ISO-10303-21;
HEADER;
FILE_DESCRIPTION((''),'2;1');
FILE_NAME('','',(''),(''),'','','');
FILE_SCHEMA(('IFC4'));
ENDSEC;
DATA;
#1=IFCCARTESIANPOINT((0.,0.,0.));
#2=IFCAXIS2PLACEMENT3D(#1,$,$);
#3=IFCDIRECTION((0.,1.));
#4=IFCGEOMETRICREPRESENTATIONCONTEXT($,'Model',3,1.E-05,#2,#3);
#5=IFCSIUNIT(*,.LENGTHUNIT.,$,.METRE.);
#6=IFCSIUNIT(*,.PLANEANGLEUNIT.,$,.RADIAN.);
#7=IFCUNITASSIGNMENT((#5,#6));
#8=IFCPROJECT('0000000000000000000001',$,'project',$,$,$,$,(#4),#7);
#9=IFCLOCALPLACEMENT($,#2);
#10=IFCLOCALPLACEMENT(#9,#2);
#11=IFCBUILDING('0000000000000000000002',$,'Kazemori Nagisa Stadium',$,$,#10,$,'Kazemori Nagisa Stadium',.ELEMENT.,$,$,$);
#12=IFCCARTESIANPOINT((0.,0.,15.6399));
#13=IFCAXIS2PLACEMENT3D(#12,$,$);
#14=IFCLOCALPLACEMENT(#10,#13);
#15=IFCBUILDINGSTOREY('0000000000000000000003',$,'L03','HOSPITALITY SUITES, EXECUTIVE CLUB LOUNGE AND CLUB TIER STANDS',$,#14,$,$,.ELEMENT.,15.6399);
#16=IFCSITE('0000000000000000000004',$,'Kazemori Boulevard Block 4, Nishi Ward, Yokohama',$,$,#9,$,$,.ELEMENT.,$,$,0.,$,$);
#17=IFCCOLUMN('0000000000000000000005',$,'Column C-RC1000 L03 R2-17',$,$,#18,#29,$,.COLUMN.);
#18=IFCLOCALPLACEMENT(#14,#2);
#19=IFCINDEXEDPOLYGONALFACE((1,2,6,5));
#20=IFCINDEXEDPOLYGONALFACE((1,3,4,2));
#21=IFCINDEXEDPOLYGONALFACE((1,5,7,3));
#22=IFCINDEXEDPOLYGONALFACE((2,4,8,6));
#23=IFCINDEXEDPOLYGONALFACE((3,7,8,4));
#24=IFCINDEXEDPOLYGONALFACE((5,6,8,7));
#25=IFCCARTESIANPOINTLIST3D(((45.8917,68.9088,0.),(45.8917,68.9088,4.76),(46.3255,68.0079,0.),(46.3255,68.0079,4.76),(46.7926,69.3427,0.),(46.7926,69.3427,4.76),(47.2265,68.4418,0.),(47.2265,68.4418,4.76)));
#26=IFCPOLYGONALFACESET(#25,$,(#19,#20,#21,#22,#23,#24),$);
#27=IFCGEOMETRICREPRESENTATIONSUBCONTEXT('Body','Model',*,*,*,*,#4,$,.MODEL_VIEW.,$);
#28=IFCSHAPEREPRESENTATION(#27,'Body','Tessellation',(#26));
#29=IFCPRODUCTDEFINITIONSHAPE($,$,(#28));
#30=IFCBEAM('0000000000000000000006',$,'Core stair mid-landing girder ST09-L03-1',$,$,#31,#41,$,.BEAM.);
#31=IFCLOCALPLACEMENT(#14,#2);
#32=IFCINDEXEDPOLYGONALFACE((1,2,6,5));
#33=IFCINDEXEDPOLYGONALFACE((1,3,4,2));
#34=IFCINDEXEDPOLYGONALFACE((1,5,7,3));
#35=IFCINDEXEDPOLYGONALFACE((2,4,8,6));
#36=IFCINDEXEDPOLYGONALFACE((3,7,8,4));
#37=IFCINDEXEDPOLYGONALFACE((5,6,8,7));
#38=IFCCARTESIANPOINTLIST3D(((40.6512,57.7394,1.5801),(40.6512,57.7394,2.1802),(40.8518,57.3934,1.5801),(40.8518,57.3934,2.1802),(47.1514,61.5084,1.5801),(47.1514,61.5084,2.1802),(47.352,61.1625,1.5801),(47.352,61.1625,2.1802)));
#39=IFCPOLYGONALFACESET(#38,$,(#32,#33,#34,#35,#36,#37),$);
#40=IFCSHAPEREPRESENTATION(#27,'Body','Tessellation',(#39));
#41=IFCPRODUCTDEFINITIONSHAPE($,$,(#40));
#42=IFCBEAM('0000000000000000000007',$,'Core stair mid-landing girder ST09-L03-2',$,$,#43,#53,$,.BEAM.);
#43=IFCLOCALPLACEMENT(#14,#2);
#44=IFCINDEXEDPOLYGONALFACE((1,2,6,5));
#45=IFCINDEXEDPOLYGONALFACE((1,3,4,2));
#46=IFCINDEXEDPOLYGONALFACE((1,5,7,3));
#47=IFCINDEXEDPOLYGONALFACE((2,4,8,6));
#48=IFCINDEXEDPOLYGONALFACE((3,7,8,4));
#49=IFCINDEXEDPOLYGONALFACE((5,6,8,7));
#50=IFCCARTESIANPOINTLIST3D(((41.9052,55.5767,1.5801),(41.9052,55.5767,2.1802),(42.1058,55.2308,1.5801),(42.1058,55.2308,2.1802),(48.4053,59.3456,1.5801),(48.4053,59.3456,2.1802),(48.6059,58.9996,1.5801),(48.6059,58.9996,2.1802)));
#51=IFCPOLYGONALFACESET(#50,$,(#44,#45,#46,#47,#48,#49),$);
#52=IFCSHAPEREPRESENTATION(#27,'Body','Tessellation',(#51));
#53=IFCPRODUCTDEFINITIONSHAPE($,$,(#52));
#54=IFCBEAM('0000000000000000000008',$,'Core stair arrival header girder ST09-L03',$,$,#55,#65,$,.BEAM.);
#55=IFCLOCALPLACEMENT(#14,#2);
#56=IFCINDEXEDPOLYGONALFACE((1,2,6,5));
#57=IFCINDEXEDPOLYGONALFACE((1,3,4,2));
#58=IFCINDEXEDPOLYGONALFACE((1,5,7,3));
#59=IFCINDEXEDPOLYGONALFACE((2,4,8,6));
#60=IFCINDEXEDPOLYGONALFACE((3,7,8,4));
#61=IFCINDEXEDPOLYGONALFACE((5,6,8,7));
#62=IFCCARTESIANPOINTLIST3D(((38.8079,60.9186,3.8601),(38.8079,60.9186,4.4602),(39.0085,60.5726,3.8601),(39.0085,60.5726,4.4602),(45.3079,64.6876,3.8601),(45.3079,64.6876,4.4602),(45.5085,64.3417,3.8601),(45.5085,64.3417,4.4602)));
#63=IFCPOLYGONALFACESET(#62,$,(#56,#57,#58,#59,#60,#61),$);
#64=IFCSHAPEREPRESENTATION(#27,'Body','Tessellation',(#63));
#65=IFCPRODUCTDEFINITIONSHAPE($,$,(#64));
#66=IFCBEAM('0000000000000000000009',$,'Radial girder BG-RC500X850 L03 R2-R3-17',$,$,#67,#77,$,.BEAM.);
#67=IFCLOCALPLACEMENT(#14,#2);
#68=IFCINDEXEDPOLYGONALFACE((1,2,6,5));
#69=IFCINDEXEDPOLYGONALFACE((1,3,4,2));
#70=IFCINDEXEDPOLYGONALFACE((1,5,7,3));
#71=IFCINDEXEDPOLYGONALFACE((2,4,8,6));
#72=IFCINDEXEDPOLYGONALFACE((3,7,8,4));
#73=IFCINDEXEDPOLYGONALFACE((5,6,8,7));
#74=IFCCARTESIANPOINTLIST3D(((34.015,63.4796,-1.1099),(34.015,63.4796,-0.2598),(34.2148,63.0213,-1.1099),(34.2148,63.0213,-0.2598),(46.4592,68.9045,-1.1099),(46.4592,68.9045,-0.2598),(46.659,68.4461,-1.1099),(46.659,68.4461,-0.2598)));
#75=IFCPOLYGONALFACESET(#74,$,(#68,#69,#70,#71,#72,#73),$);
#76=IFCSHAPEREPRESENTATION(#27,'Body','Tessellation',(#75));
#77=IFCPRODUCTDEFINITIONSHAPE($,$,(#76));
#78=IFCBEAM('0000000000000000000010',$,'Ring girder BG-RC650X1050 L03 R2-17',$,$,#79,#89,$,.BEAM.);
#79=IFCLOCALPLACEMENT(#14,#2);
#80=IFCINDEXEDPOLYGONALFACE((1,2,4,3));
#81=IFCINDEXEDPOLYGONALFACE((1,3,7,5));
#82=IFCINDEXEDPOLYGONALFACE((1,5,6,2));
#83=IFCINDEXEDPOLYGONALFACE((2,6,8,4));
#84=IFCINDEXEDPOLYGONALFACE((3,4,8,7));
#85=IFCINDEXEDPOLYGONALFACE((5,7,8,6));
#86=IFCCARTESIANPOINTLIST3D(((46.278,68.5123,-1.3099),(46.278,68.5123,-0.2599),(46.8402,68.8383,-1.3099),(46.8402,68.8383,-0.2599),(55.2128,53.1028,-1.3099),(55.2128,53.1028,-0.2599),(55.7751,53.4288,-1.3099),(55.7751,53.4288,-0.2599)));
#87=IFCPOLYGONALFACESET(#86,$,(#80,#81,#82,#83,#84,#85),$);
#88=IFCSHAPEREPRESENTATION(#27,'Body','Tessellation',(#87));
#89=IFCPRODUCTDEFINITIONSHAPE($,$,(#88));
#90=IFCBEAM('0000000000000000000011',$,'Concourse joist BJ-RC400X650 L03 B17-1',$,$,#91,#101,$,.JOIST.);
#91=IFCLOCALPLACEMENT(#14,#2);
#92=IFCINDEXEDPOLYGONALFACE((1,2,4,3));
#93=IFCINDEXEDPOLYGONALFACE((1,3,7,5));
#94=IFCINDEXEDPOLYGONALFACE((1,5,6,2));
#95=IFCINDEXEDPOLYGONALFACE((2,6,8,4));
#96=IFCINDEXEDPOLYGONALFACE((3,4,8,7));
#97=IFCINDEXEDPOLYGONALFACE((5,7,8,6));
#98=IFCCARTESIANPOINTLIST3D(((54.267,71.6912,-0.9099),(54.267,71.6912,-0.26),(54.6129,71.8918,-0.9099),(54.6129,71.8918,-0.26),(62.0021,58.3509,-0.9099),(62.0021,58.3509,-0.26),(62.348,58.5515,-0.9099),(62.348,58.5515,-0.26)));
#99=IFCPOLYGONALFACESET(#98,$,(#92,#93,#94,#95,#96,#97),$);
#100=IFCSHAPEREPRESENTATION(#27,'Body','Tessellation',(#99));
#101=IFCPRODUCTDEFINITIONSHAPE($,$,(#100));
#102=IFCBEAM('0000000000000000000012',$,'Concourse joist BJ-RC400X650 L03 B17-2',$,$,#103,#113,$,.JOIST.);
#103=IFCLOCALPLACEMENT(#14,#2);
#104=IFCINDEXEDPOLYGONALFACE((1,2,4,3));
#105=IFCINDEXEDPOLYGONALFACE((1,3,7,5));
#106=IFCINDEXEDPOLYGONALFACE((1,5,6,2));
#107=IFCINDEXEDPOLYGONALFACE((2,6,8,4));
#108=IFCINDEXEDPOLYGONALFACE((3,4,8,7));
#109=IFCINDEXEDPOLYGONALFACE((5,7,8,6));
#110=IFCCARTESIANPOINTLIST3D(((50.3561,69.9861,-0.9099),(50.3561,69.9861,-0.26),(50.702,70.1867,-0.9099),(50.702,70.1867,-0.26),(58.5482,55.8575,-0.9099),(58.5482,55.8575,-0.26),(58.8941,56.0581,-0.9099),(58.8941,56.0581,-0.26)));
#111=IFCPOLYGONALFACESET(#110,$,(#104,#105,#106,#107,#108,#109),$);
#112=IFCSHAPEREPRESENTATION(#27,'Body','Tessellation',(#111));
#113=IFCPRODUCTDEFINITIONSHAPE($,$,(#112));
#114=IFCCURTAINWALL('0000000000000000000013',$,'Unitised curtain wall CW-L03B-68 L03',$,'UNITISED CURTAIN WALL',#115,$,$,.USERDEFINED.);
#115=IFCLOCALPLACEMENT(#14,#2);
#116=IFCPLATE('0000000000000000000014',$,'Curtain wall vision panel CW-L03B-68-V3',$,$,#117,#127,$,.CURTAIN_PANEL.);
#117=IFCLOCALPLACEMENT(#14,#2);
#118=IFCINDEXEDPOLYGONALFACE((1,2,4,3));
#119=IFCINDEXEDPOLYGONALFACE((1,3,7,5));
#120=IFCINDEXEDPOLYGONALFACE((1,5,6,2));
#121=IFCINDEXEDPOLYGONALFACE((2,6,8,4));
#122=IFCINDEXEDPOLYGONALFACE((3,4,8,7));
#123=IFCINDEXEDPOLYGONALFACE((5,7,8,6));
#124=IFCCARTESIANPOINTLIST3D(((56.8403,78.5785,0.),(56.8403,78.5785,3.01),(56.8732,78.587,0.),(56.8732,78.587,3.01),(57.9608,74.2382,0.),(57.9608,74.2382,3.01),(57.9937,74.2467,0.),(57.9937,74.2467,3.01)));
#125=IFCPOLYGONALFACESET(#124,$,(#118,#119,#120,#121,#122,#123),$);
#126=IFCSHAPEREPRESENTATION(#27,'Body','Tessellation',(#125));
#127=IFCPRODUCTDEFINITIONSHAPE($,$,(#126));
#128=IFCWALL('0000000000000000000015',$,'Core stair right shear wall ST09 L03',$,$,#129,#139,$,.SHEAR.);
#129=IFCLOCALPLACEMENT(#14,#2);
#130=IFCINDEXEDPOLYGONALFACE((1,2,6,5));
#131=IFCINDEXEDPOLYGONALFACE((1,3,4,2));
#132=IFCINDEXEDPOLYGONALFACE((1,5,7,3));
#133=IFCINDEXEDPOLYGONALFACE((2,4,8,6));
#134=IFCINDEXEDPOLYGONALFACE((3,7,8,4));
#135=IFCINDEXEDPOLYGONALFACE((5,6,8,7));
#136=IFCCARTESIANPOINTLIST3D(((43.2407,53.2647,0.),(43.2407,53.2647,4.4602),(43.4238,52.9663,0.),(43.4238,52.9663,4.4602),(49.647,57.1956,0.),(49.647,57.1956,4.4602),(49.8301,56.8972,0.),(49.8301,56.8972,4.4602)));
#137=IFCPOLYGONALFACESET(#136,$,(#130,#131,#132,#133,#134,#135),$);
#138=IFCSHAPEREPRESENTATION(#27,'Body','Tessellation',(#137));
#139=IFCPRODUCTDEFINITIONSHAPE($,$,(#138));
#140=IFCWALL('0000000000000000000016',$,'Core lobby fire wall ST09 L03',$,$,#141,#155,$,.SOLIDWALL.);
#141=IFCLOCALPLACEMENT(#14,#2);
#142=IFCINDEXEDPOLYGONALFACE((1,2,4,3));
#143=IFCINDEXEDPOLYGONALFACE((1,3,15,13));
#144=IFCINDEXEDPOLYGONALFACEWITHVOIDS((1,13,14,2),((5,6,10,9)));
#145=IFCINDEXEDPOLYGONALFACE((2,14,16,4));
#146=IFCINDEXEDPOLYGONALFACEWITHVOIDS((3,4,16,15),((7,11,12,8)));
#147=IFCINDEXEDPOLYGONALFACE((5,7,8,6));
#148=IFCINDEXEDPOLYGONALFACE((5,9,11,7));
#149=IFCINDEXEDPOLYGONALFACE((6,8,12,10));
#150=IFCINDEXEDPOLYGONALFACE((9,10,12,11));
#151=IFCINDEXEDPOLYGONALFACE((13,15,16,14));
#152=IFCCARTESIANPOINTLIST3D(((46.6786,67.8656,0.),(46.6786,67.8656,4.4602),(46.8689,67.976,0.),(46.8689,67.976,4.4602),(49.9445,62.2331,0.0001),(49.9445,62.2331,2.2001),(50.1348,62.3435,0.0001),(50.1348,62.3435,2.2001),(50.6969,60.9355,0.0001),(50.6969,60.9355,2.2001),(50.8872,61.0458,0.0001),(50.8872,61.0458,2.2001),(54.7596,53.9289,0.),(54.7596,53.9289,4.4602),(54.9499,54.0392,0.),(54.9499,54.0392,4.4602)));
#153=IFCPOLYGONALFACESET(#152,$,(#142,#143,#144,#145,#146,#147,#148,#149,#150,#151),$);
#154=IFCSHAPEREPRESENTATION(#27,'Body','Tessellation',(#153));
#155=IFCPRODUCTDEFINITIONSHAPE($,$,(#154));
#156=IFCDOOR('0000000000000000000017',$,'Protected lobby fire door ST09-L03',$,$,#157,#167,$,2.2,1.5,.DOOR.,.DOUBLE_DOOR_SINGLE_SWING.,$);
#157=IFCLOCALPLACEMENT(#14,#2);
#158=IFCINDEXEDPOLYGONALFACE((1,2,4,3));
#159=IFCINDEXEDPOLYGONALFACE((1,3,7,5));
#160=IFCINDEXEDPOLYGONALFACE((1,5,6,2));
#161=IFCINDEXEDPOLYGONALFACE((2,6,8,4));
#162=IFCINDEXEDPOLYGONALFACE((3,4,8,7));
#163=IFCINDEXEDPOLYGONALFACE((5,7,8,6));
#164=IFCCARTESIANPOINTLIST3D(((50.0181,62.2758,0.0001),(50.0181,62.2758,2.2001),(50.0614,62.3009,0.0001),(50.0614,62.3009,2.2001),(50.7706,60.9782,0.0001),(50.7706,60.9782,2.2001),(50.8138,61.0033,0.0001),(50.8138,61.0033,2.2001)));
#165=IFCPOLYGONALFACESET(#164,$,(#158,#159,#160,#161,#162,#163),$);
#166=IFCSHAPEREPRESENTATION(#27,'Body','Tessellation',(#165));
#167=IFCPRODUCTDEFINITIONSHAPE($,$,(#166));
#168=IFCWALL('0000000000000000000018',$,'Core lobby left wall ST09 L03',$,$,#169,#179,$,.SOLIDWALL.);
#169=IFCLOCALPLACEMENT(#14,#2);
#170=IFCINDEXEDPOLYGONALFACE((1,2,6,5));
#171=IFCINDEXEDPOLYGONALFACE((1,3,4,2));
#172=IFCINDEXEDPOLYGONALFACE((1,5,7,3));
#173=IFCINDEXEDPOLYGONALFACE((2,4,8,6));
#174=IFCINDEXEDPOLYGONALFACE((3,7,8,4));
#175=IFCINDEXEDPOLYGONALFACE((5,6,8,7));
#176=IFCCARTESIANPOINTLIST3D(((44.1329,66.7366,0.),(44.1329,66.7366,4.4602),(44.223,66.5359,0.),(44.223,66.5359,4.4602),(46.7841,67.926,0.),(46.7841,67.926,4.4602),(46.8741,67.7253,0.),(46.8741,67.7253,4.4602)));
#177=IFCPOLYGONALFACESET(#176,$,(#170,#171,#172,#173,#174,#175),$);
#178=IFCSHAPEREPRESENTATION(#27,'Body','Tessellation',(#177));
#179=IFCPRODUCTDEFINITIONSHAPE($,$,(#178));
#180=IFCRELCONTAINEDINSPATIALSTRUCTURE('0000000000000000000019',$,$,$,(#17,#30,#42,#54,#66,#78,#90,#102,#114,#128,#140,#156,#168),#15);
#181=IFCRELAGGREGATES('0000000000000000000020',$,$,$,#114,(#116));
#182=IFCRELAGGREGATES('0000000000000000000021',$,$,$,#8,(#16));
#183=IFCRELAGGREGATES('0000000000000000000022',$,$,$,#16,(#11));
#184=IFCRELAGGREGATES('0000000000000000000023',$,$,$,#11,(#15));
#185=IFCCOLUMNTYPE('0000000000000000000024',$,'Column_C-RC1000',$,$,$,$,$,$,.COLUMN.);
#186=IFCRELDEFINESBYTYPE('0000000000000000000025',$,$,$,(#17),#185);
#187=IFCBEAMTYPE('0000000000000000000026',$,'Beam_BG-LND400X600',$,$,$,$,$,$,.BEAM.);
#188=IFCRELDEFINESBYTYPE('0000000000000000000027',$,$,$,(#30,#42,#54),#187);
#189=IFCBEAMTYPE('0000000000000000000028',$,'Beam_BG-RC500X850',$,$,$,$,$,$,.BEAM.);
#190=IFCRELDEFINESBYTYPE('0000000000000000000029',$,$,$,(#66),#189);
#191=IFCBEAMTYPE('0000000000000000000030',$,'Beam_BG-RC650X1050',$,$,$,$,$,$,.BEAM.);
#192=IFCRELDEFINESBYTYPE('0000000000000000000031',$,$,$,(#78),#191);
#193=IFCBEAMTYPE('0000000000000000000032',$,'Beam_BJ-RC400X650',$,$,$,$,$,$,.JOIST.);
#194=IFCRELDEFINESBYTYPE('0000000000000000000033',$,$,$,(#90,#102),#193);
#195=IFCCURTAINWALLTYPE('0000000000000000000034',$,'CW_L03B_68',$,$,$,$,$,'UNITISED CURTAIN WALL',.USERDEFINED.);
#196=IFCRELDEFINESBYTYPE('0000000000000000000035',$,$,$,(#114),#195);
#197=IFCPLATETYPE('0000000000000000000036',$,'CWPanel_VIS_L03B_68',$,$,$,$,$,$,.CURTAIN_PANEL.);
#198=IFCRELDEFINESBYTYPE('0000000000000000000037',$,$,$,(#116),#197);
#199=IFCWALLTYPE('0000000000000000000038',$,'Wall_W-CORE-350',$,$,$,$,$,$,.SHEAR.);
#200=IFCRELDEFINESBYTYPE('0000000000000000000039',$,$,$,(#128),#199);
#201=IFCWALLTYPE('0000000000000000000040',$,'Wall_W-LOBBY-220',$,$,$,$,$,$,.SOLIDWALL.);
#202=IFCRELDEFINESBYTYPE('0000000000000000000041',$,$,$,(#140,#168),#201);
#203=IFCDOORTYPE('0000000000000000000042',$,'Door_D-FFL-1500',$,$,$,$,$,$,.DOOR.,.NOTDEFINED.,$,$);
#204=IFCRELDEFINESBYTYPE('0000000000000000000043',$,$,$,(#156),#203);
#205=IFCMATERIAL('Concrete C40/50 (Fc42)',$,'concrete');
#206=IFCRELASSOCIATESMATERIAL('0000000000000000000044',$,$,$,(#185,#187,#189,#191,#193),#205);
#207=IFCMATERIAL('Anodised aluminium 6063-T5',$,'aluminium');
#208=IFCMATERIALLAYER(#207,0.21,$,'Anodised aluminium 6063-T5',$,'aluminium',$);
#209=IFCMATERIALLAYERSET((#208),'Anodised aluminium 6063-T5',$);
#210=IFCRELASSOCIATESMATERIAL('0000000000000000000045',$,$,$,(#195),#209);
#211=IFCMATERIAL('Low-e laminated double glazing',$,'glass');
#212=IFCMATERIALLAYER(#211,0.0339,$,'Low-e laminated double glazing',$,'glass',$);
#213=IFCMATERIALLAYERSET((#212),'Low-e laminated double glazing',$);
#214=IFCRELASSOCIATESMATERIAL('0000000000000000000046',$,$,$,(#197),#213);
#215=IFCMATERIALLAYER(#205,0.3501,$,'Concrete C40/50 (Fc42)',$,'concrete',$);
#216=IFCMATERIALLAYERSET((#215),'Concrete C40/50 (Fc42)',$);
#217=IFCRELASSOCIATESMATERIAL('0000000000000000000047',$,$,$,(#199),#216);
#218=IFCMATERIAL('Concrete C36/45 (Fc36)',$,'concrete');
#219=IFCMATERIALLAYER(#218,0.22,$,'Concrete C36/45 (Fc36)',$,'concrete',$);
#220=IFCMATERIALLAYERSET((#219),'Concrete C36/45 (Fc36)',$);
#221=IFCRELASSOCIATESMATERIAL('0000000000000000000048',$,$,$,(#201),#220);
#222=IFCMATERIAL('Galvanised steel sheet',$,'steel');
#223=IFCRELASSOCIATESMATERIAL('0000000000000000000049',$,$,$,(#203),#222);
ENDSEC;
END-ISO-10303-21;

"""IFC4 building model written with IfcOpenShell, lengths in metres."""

from ifc_helpers import new_model, si_unit, direction, frame, frame_2d, origin, origin_2d, place, context, subcontext, project, spatial, rectangle, extrude, material, layer, layer_set, material_profile, profile_set, type_object, element, fill, aggregate, save


model = new_model("IFC4")

# Units and contexts
model_context = context("Model", 3, precision=1e-05, world=origin(), true_north=direction((0.0, 1.0)))
body_context = subcontext(model_context, "Body", "Model", "MODEL_VIEW")
ifc_project = project(units=[si_unit("LENGTHUNIT", "METRE"), si_unit("PLANEANGLEUNIT", "RADIAN")], contexts=[model_context])

# Site, building, storey
site_placement = place(None, origin())
site = spatial("IfcSite", under=ifc_project, at=site_placement, Name="Kazemori Boulevard Block 4, Nishi Ward, Yokohama", CompositionType="ELEMENT", RefElevation=0.0)
building_placement = place(site_placement, origin())
building = spatial("IfcBuilding", under=site, at=building_placement, Name="Kazemori Nagisa Stadium", LongName="Kazemori Nagisa Stadium", CompositionType="ELEMENT")
storey_placement = place(building_placement, frame((0.0, 0.0, 15.6399)))
storey = spatial("IfcBuildingStorey", under=building, at=storey_placement, Name="L03", Description="HOSPITALITY SUITES, EXECUTIVE CLUB LOUNGE AND CLUB TIER STANDS", CompositionType="ELEMENT", Elevation=15.6399)

# Column
ifc_material_1 = material(Name="Concrete C40/50 (Fc42)", Category="concrete")
ifc_material_profile_1 = material_profile(ifc_material_1, rectangle(XDim=1.0, YDim=1.0, at=origin_2d()), Name="RC-COL-1000x1000")
ifc_profile_set_1 = profile_set([ifc_material_profile_1], Name="Concrete C40/50 (Fc42)")
column_type = type_object("IfcColumnType", Name="Column_C-RC1000", PredefinedType="COLUMN", material=ifc_profile_set_1)
column_placement = place(storey_placement, frame((46.5591, 68.6753, 0.0), z_axis=(0.0, 0.0, 1.0), x_axis=(-0.900969, -0.433884, 0.0)))
element("IfcColumn", 1, at=column_placement, inside=storey, type_object=column_type, Name="Column C-RC1000 L03 R2-17", PredefinedType="COLUMN", context=body_context, shape_type="SweptSolid", body=[
    extrude(rectangle(XDim=1.0, YDim=1.0, at=origin_2d()), origin(), (0.0, 0.0, 1.0), 4.76),
])

# Beams
ifc_material_profile_2 = material_profile(ifc_material_1, rectangle(XDim=0.3999, YDim=0.6001, at=origin_2d()), Name="RC-BM-400x600")
ifc_profile_set_2 = profile_set([ifc_material_profile_2], Name="Concrete C40/50 (Fc42)")
beam_type_1 = type_object("IfcBeamType", Name="Beam_BG-LND400X600", PredefinedType="BEAM", material=ifc_profile_set_2)
beam_1_placement = place(storey_placement, frame((47.2517, 61.3354, 1.8801), z_axis=(-0.865095, -0.501609, 0.0), x_axis=(0.501609, -0.865095, 0.0)))
element("IfcBeam", 2, at=beam_1_placement, inside=storey, type_object=beam_type_1, Name="Core stair mid-landing girder ST09-L03-1", PredefinedType="BEAM", context=body_context, shape_type="SweptSolid", body=[
    extrude(rectangle(XDim=0.3999, YDim=0.6001, at=origin_2d()), origin(), (0.0, 0.0, 1.0), 7.5139),
])
for number, where, z_axis, x_axis, name in (
    (3, (48.5056, 59.1726, 1.8801), (-0.865101, -0.501598, 0.0), (0.501598, -0.865101, 0.0), "Core stair mid-landing girder ST09-L03-2"),
    (4, (45.4082, 64.5146, 4.1602), (-0.865086, -0.501623, 0.0), (0.501623, -0.865086, 0.0), "Core stair arrival header girder ST09-L03"),
):
    element("IfcBeam", number, at=place(storey_placement, frame(where, z_axis=z_axis, x_axis=x_axis)), inside=storey, type_object=beam_type_1, Name=name, PredefinedType="BEAM", context=body_context, shape_type="SweptSolid", body=[
        extrude(rectangle(XDim=0.3999, YDim=0.6001, at=origin_2d()), origin(), (0.0, 0.0, 1.0), 7.5137),
    ])
ifc_material_profile_3 = material_profile(ifc_material_1, rectangle(XDim=0.5, YDim=0.8501, at=origin_2d()), Name="RC-BM-500x850")
ifc_profile_set_3 = profile_set([ifc_material_profile_3], Name="Concrete C40/50 (Fc42)")
beam_type_2 = type_object("IfcBeamType", Name="Beam_BG-RC500X850", PredefinedType="BEAM", material=ifc_profile_set_3)
beam_2_placement = place(storey_placement, frame((46.5591, 68.6753, -0.6848), z_axis=(-0.916684, -0.399614, 0.0), x_axis=(0.399614, -0.916684, 0.0)))
element("IfcBeam", 5, at=beam_2_placement, inside=storey, type_object=beam_type_2, Name="Radial girder BG-RC500X850 L03 R2-R3-17", PredefinedType="BEAM", context=body_context, shape_type="SweptSolid", body=[
    extrude(rectangle(XDim=0.5, YDim=0.8501, at=origin_2d()), origin(), (0.0, 0.0, 1.0), 13.5752),
])
ifc_material_profile_4 = material_profile(ifc_material_1, rectangle(XDim=0.6499, YDim=1.05, at=origin_2d()), Name="RC-BM-650x1050")
ifc_profile_set_4 = profile_set([ifc_material_profile_4], Name="Concrete C40/50 (Fc42)")
beam_type_3 = type_object("IfcBeamType", Name="Beam_BG-RC650X1050", PredefinedType="BEAM", material=ifc_profile_set_4)
beam_3_placement = place(storey_placement, frame((46.5591, 68.6753, -0.7849), z_axis=(0.501607, -0.865096, 0.0), x_axis=(0.865096, 0.501607, 0.0)))
element("IfcBeam", 6, at=beam_3_placement, inside=storey, type_object=beam_type_3, Name="Ring girder BG-RC650X1050 L03 R2-17", PredefinedType="BEAM", context=body_context, shape_type="SweptSolid", body=[
    extrude(rectangle(XDim=0.6499, YDim=1.05, at=origin_2d()), origin(), (0.0, 0.0, 1.0), 17.8125),
])
ifc_material_profile_5 = material_profile(ifc_material_1, rectangle(XDim=0.3999, YDim=0.6499, at=origin_2d()), Name="RC-BM-400x650")
ifc_profile_set_5 = profile_set([ifc_material_profile_5], Name="Concrete C40/50 (Fc42)")
beam_type_4 = type_object("IfcBeamType", Name="Beam_BJ-RC400X650", PredefinedType="JOIST", material=ifc_profile_set_5)
beam_4_placement = place(storey_placement, frame((54.4399, 71.7915, -0.585), z_axis=(0.501607, -0.865095, 0.0), x_axis=(0.865095, 0.501607, 0.0)))
element("IfcBeam", 7, at=beam_4_placement, inside=storey, type_object=beam_type_4, Name="Concourse joist BJ-RC400X650 L03 B17-1", PredefinedType="JOIST", context=body_context, shape_type="SweptSolid", body=[
    extrude(rectangle(XDim=0.3999, YDim=0.6499, at=origin_2d()), origin(), (0.0, 0.0, 1.0), 15.4207),
])
beam_5_placement = place(storey_placement, frame((50.5291, 70.0864, -0.585), z_axis=(0.501604, -0.865097, 0.0), x_axis=(0.865097, 0.501604, 0.0)))
element("IfcBeam", 8, at=beam_5_placement, inside=storey, type_object=beam_type_4, Name="Concourse joist BJ-RC400X650 L03 B17-2", PredefinedType="JOIST", context=body_context, shape_type="SweptSolid", body=[
    extrude(rectangle(XDim=0.3999, YDim=0.6499, at=origin_2d()), origin(), (0.0, 0.0, 1.0), 16.3318),
])

# Curtain wall, plate
ifc_material_2 = material(Name="Anodised aluminium 6063-T5", Category="aluminium")
ifc_layer_1 = layer(ifc_material_2, 0.21, Name="Anodised aluminium 6063-T5", Category="aluminium")
ifc_layer_set_1 = layer_set([ifc_layer_1], Name="Anodised aluminium 6063-T5")
curtain_wall_type = type_object("IfcCurtainWallType", Name="CW_L03B_68", ElementType="UNITISED CURTAIN WALL", PredefinedType="USERDEFINED", material=ifc_layer_set_1)
curtain_wall_placement = place(storey_placement, origin())
curtain_wall = element("IfcCurtainWall", 9, at=curtain_wall_placement, inside=storey, type_object=curtain_wall_type, Name="Unitised curtain wall CW-L03B-68 L03", ObjectType="UNITISED CURTAIN WALL", PredefinedType="USERDEFINED")
ifc_material_3 = material(Name="Low-e laminated double glazing", Category="glass")
ifc_layer_2 = layer(ifc_material_3, 0.0339, Name="Low-e laminated double glazing", Category="glass")
ifc_layer_set_2 = layer_set([ifc_layer_2], Name="Low-e laminated double glazing")
plate_type = type_object("IfcPlateType", Name="CWPanel_VIS_L03B_68", PredefinedType="CURTAIN_PANEL", material=ifc_layer_set_2)
plate_placement = place(storey_placement, frame((57.417, 76.4126, 0.0), z_axis=(0.0, 0.0, 1.0), x_axis=(0.249965, -0.968255, 0.0)))
plate = element("IfcPlate", 10, at=plate_placement, type_object=plate_type, Name="Curtain wall vision panel CW-L03B-68-V3", PredefinedType="CURTAIN_PANEL", context=body_context, shape_type="SweptSolid", body=[
    extrude(rectangle(XDim=4.4827, YDim=0.0339, at=origin_2d()), origin(), (0.0, 0.0, 1.0), 3.01),
])
aggregate(curtain_wall, [plate])

# Wall
ifc_layer_3 = layer(ifc_material_1, 0.3501, Name="Concrete C40/50 (Fc42)", Category="concrete")
ifc_layer_set_3 = layer_set([ifc_layer_3], Name="Concrete C40/50 (Fc42)")
wall_type_1 = type_object("IfcWallType", Name="Wall_W-CORE-350", PredefinedType="SHEAR", material=ifc_layer_set_3)
wall_1_placement = place(storey_placement, frame((49.7385, 57.0464, 0.0), z_axis=(0.0, 0.0, 1.0), x_axis=(-0.852335, -0.522997, 0.0)))
element("IfcWall", 11, at=wall_1_placement, inside=storey, type_object=wall_type_1, Name="Core stair right shear wall ST09 L03", PredefinedType="SHEAR", context=body_context, shape_type="SweptSolid", body=[
    extrude(rectangle(XDim=7.5161, YDim=0.3501, at=frame_2d((3.7581, 0.0))), origin(), (0.0, 0.0, 1.0), 4.4602),
])

# Wall, opening, door
ifc_material_4 = material(Name="Concrete C36/45 (Fc36)", Category="concrete")
ifc_layer_4 = layer(ifc_material_4, 0.22, Name="Concrete C36/45 (Fc36)", Category="concrete")
ifc_layer_set_4 = layer_set([ifc_layer_4], Name="Concrete C36/45 (Fc36)")
wall_type_2 = type_object("IfcWallType", Name="Wall_W-LOBBY-220", PredefinedType="SOLIDWALL", material=ifc_layer_set_4)
wall_2_placement = place(storey_placement, frame((46.7737, 67.9209, 0.0), z_axis=(0.0, 0.0, 1.0), x_axis=(0.501613, -0.865092, 0.0)))
wall_2 = element("IfcWall", 12, at=wall_2_placement, inside=storey, type_object=wall_type_2, Name="Core lobby fire wall ST09 L03", PredefinedType="SOLIDWALL", context=body_context, shape_type="SweptSolid", body=[
    extrude(rectangle(XDim=16.1101, YDim=0.22, at=frame_2d((8.0552, 0.0))), origin(), (0.0, 0.0, 1.0), 4.4602),
])
opening_1_placement = place(wall_2_placement, frame((6.511, 0.0, 0.0)))
opening_1 = element("IfcOpeningElement", 13, at=opening_1_placement, cuts=wall_2, PredefinedType="OPENING", context=body_context, shape_type="SweptSolid", body=[
    extrude(rectangle(XDim=1.5, YDim=2.2, at=frame_2d((0.75, 1.1001))), frame((0.0, 0.1199, 0.0), z_axis=(0.0, -1.0, 0.0), x_axis=(1.0, 0.0, 0.0)), (0.0, 0.0, 1.0), 0.24),
])
ifc_material_5 = material(Name="Galvanised steel sheet", Category="steel")
door_type_1 = type_object("IfcDoorType", Name="Door_D-FFL-1500", OperationType="NOTDEFINED", PredefinedType="DOOR", material=ifc_material_5)
door_1_placement = place(opening_1_placement, frame((1.5, 0.0, 0.0), z_axis=(0.0, 0.0, 1.0), x_axis=(-1.0, 0.0, 0.0)))
door_1 = element("IfcDoor", 14, at=door_1_placement, inside=storey, type_object=door_type_1, Name="Protected lobby fire door ST09-L03", OperationType="DOUBLE_DOOR_SINGLE_SWING", OverallHeight=2.2, OverallWidth=1.5, PredefinedType="DOOR", context=body_context, shape_type="SweptSolid", body=[
    extrude(rectangle(XDim=1.5, YDim=2.2, at=frame_2d((0.75, 1.1001))), frame((0.0, 0.0249, 0.0), z_axis=(0.0, -1.0, 0.0), x_axis=(1.0, 0.0, 0.0)), (0.0, 0.0, 1.0), 0.05),
])
fill(opening_1, door_1)

# Wall
wall_3_placement = place(storey_placement, frame((46.8291, 67.8257, 0.0), z_axis=(0.0, 0.0, 1.0), x_axis=(-0.912378, -0.409348, 0.0)))
element("IfcWall", 15, at=wall_3_placement, inside=storey, type_object=wall_type_2, Name="Core lobby left wall ST09 L03", PredefinedType="SOLIDWALL", context=body_context, shape_type="SweptSolid", body=[
    extrude(rectangle(XDim=2.9058, YDim=0.22, at=frame_2d((1.4529, 0.0))), origin(), (0.0, 0.0, 1.0), 4.4602),
])

save(model, "model.ifc")
